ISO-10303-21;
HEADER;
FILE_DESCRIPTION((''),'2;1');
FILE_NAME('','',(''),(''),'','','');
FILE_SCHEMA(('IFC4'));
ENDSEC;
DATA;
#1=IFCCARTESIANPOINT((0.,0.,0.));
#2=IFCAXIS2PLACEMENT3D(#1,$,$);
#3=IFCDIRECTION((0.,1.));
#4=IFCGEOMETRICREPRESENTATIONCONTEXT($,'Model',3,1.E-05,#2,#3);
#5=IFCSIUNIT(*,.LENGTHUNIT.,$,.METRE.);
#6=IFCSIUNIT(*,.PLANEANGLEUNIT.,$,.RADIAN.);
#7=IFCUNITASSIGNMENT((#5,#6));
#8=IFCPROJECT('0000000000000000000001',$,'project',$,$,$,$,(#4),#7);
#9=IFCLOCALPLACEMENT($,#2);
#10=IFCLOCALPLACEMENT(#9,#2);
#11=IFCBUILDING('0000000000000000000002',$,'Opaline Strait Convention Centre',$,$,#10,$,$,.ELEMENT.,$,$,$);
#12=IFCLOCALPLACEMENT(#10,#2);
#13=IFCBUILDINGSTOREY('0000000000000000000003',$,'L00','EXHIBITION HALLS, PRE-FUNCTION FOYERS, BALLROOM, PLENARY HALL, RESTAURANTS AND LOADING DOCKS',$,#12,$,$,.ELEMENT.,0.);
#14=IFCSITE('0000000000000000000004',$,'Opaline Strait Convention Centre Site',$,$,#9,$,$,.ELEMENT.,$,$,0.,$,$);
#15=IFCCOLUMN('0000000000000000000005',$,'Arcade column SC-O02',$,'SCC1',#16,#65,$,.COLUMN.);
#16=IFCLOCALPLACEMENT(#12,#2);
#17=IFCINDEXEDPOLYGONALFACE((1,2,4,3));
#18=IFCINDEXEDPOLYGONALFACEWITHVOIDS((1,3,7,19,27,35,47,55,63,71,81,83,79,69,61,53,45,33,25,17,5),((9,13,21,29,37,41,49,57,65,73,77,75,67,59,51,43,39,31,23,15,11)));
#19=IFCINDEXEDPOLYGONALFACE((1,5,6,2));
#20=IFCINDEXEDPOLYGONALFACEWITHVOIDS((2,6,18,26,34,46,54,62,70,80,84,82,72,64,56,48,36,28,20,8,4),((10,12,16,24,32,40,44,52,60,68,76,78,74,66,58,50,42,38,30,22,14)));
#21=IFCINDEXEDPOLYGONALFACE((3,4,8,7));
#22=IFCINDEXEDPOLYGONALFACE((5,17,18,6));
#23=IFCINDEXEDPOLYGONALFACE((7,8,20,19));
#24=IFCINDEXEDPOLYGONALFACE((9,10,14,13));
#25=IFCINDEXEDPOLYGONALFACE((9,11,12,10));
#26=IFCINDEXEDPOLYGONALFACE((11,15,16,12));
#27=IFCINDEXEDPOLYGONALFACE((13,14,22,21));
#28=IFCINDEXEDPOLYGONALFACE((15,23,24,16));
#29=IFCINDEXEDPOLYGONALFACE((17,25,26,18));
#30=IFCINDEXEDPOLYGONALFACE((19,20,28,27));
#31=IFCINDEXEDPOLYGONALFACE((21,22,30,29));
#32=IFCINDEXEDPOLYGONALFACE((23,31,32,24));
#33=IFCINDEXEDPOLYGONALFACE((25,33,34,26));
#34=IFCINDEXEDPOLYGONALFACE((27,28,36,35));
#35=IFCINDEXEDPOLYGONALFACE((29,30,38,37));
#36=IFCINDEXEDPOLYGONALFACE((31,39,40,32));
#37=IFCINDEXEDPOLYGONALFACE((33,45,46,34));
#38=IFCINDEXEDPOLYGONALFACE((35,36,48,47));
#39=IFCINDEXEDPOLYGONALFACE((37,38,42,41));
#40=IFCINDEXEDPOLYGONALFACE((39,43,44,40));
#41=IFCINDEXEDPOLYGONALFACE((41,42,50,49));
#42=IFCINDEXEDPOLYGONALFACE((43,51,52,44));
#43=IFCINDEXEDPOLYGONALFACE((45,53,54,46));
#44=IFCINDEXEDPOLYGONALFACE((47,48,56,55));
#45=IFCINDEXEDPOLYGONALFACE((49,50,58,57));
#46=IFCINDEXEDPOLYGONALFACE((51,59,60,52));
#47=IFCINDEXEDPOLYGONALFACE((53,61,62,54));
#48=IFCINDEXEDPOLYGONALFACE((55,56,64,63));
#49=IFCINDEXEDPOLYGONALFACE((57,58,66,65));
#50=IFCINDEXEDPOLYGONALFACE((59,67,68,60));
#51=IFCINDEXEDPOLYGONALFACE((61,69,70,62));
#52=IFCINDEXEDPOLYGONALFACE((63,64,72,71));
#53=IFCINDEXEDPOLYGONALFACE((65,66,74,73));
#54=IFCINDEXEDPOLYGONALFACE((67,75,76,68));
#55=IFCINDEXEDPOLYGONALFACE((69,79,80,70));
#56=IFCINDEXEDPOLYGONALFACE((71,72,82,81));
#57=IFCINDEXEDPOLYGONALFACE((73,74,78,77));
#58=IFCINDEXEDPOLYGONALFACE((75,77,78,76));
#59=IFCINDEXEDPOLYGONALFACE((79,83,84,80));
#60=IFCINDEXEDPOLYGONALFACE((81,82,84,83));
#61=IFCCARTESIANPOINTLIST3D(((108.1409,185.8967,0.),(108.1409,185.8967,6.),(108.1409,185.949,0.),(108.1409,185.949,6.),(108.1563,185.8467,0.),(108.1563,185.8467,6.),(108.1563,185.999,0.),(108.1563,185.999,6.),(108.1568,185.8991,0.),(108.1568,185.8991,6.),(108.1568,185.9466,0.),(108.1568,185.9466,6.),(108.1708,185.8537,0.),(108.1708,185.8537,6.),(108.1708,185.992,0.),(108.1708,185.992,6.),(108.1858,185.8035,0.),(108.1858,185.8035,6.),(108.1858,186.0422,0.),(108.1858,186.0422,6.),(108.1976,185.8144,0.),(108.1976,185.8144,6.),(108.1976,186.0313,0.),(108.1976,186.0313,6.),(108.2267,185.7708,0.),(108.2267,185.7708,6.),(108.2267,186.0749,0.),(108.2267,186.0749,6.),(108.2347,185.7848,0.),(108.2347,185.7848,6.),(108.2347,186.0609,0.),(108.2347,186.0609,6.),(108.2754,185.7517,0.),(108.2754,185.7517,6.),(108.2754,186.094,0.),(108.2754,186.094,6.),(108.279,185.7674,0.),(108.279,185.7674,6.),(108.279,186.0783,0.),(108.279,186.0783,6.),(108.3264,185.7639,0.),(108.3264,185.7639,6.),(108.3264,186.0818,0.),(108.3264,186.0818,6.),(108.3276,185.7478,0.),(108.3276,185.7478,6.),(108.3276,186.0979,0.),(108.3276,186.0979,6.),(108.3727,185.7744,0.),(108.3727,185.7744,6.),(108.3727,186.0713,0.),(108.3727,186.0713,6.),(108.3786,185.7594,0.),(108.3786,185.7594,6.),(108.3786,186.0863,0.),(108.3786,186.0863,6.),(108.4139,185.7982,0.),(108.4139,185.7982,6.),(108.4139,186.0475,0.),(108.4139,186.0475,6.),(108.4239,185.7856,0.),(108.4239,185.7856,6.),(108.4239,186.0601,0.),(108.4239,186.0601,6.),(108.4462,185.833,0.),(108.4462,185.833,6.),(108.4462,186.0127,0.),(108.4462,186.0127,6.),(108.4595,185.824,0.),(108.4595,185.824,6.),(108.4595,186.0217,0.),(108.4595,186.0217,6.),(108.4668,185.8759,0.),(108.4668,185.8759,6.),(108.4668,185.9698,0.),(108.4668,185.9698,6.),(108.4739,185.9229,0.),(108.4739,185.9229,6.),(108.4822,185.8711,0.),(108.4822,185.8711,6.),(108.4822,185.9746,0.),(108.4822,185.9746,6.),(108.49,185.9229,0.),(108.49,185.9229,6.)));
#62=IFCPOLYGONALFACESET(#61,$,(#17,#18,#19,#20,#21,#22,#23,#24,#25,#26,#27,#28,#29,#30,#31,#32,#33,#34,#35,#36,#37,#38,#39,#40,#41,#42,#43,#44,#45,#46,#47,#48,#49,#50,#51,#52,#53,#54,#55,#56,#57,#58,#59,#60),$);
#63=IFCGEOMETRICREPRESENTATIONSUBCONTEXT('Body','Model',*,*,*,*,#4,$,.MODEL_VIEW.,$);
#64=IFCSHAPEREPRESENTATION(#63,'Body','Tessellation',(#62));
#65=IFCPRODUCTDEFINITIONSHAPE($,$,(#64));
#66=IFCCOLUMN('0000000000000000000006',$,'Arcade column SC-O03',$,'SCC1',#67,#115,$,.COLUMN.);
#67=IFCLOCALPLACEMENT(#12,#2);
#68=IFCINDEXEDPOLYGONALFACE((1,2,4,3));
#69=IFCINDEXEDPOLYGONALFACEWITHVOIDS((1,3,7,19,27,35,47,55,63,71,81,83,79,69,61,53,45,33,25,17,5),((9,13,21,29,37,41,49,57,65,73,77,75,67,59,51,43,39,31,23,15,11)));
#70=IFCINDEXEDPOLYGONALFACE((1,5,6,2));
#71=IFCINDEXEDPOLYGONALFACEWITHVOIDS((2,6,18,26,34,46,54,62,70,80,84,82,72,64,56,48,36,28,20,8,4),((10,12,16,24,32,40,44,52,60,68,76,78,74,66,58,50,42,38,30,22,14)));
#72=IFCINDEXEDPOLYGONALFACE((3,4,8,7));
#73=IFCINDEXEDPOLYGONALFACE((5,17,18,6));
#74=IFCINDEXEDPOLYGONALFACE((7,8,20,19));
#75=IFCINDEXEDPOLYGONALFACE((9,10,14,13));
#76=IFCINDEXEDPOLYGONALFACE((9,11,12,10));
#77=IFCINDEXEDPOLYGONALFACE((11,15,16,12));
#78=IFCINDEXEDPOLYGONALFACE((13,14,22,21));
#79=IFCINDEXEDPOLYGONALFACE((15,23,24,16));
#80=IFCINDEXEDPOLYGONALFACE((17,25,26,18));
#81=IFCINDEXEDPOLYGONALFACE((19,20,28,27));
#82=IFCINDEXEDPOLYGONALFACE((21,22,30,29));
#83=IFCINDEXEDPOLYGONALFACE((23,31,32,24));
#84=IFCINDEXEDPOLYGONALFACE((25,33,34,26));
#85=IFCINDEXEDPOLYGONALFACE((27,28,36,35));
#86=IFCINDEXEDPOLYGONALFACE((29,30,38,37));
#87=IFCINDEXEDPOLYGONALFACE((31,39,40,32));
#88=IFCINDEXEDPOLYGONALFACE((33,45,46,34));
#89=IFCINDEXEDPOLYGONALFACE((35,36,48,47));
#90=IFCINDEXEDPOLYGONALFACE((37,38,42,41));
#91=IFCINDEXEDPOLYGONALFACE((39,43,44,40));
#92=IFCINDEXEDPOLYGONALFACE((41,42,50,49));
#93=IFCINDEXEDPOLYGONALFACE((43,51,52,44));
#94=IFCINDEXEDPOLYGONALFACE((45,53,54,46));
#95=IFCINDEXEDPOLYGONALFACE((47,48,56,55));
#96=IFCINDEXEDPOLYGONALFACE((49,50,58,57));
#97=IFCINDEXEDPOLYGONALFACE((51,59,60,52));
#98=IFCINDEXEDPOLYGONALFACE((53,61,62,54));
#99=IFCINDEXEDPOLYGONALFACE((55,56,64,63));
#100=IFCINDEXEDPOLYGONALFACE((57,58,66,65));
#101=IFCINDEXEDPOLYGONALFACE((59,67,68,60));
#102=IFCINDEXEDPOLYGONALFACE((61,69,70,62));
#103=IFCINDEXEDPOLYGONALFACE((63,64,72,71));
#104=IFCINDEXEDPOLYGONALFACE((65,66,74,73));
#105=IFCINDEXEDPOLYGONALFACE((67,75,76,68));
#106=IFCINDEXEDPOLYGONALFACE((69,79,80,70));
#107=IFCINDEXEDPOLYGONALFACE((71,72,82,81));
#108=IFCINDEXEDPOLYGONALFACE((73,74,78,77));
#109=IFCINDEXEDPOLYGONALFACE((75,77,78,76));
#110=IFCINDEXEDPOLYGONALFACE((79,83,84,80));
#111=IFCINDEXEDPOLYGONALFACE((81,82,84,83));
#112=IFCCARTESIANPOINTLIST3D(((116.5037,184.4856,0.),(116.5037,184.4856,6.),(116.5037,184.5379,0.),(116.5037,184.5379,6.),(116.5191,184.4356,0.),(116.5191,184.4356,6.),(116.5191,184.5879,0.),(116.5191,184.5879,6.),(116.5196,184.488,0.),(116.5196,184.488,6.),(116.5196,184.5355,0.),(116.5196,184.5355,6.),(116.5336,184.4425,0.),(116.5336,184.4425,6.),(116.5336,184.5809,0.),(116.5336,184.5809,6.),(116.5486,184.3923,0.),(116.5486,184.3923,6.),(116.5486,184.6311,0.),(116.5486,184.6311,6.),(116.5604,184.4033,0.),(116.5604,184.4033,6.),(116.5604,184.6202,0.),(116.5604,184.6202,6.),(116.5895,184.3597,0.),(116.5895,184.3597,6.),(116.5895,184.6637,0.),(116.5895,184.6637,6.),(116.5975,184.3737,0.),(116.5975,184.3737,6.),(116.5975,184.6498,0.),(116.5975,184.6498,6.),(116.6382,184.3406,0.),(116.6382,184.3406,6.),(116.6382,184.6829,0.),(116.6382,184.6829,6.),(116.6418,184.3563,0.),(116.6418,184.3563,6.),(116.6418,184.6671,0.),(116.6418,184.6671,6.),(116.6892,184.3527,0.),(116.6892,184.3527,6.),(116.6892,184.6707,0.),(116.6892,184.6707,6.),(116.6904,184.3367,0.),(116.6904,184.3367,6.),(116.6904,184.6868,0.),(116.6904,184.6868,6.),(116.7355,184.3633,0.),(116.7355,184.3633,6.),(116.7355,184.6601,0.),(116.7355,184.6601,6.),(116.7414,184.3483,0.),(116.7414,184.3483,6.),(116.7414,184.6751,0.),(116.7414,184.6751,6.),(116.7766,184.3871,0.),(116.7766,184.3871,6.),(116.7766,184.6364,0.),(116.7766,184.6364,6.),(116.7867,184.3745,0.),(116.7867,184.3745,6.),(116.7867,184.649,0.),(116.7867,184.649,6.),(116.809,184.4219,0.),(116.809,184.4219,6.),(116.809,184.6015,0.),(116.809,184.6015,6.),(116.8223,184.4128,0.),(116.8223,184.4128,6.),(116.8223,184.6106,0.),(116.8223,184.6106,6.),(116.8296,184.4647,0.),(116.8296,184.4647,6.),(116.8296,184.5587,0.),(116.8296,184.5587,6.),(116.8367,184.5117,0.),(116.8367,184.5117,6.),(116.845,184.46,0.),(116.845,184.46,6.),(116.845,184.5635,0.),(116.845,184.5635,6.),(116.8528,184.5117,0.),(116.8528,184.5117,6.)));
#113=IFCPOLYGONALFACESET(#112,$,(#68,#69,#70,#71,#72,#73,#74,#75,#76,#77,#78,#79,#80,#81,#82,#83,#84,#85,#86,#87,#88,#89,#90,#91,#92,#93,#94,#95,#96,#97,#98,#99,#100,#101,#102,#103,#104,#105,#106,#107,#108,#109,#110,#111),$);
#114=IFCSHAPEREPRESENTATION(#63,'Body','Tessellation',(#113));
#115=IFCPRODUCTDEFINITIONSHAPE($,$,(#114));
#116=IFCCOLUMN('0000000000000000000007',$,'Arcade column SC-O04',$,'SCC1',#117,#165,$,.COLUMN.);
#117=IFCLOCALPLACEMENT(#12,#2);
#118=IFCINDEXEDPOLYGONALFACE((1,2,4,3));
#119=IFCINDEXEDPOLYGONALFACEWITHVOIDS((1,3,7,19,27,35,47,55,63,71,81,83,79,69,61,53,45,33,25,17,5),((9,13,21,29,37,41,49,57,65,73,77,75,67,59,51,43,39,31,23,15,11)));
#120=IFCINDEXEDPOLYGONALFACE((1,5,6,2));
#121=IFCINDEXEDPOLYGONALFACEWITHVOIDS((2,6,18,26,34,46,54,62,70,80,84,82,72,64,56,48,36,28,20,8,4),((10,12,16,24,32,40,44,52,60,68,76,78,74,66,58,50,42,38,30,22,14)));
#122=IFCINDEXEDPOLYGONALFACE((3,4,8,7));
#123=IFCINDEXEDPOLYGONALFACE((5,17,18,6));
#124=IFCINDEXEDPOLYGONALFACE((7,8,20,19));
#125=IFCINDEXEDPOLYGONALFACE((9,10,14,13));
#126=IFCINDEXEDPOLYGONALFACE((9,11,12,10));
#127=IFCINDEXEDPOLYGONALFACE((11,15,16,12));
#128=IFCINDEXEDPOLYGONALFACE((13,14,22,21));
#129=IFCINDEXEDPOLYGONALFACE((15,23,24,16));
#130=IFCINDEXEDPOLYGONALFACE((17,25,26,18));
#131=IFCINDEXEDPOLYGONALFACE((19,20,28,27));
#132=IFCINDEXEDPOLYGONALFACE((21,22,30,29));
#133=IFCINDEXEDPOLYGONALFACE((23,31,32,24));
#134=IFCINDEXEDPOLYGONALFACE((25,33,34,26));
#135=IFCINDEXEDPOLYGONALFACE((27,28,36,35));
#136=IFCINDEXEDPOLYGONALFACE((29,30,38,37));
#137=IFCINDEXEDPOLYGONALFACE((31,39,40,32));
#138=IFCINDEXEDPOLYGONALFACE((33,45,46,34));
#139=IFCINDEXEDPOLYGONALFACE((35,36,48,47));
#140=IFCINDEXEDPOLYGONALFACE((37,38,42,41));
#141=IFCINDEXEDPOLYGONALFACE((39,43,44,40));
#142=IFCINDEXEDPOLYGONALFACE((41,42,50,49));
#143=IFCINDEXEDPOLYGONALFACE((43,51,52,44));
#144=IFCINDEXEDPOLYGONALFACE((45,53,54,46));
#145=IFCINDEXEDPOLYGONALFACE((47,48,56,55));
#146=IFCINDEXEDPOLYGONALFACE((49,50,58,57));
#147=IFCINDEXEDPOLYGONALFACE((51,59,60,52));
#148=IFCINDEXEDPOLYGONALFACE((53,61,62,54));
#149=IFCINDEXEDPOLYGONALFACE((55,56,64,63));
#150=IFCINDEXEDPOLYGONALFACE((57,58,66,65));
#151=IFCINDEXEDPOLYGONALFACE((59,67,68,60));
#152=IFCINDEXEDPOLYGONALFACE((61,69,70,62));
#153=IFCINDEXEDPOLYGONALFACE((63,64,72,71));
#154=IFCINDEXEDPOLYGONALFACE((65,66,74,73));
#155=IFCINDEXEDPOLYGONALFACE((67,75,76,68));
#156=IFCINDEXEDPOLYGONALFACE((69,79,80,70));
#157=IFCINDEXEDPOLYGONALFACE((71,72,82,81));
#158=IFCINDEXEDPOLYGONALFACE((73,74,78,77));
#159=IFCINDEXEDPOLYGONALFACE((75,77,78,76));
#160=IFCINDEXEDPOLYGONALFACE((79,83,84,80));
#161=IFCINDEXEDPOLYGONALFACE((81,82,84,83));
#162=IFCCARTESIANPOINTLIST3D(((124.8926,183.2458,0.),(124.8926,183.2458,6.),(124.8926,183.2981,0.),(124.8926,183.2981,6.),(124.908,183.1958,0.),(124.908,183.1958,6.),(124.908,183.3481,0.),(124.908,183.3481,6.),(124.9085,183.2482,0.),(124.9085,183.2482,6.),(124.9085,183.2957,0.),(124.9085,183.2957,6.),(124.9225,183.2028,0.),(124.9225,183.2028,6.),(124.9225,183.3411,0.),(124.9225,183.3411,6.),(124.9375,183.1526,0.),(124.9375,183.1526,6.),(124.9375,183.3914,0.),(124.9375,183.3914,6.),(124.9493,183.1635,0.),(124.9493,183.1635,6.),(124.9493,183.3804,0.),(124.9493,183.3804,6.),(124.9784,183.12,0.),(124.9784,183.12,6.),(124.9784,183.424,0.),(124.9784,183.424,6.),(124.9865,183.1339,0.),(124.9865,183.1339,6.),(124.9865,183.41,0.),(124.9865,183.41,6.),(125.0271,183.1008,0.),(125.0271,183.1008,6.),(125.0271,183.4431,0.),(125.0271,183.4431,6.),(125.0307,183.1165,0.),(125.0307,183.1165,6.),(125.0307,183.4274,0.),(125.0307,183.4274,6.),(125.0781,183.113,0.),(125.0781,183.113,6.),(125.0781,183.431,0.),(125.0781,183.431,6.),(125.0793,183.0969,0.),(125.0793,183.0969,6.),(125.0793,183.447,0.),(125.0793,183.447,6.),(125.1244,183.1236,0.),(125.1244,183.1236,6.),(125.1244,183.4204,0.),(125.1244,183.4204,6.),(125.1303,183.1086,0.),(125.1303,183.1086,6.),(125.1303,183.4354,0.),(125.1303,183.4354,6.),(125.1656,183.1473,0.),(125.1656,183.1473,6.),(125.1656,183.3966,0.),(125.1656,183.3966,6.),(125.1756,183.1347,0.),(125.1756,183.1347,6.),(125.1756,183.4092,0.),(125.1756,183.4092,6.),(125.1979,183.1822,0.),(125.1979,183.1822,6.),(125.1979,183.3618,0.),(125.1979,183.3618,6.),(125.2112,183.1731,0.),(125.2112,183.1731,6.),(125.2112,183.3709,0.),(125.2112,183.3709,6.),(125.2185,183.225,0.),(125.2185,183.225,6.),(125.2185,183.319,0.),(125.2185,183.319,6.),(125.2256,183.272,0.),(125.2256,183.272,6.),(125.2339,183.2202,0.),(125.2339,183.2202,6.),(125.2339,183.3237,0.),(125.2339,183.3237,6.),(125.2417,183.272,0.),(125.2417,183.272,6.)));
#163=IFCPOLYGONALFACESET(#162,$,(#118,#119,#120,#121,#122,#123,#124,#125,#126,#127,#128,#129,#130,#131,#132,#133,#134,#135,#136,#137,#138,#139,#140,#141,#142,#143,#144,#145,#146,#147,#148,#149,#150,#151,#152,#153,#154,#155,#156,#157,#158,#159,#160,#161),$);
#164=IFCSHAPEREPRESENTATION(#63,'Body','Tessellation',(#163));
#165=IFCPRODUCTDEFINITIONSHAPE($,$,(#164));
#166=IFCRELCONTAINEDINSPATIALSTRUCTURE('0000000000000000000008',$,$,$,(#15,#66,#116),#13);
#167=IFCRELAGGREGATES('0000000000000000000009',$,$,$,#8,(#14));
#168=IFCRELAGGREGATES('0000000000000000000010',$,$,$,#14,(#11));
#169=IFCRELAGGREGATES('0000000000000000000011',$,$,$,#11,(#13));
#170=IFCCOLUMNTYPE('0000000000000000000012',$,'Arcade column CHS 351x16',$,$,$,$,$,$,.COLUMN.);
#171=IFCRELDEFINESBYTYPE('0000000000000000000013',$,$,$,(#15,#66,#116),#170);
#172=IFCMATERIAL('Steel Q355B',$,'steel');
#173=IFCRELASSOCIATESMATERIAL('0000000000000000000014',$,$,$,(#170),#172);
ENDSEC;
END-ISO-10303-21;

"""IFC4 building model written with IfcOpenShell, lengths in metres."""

from ifc_helpers import new_model, si_unit, direction, frame, origin, origin_2d, place, context, subcontext, project, spatial, hollow_circle, extrude, material, material_profile, profile_set, type_object, element, save


model = new_model("IFC4")

# Units and contexts
model_context = context("Model", 3, precision=1e-05, world=origin(), true_north=direction((0.0, 1.0)))
body_context = subcontext(model_context, "Body", "Model", "MODEL_VIEW")
ifc_project = project(units=[si_unit("LENGTHUNIT", "METRE"), si_unit("PLANEANGLEUNIT", "RADIAN")], contexts=[model_context])

# Site, building, storey
site_placement = place(None, origin())
site = spatial("IfcSite", under=ifc_project, at=site_placement, Name="Opaline Strait Convention Centre Site", CompositionType="ELEMENT", RefElevation=0.0)
building_placement = place(site_placement, origin())
building = spatial("IfcBuilding", under=site, at=building_placement, Name="Opaline Strait Convention Centre", CompositionType="ELEMENT")
storey_placement = place(building_placement, origin())
storey = spatial("IfcBuildingStorey", under=building, at=storey_placement, Name="L00", Description="EXHIBITION HALLS, PRE-FUNCTION FOYERS, BALLROOM, PLENARY HALL, RESTAURANTS AND LOADING DOCKS", CompositionType="ELEMENT", Elevation=0.0)

# Columns
ifc_material_1 = material(Name="Steel Q355B", Category="steel")
ifc_material_profile_1 = material_profile(ifc_material_1, hollow_circle(Radius=0.1755, WallThickness=0.0161, at=origin_2d()), Name="CHS 351x16")
ifc_profile_set_1 = profile_set([ifc_material_profile_1], Name="Steel Q355B")
column_type = type_object("IfcColumnType", Name="Arcade column CHS 351x16", PredefinedType="COLUMN", material=ifc_profile_set_1)
for number, where, z_axis, x_axis, name in (
    (1, (108.3145, 185.9229, 0.0), (0.0, 0.0, 1.0), (1.0, 0.0, 0.0), "Arcade column SC-O02"),
    (2, (116.6772, 184.5117, 0.0), (0.0, 0.0, 1.0), (1.0, 0.0, 0.0), "Arcade column SC-O03"),
    (3, (125.0662, 183.272, 0.0), (0.0, 0.0, 1.0), (1.0, 0.0, 0.0), "Arcade column SC-O04"),
):
    element("IfcColumn", number, at=place(storey_placement, frame(where, z_axis=z_axis, x_axis=x_axis)), inside=storey, type_object=column_type, Name=name, ObjectType="SCC1", PredefinedType="COLUMN", context=body_context, shape_type="SweptSolid", body=[
        extrude(hollow_circle(Radius=0.1755, WallThickness=0.0161, at=origin_2d()), origin(), (0.0, 0.0, 1.0), 6.0),
    ])

save(model, "model.ifc")
